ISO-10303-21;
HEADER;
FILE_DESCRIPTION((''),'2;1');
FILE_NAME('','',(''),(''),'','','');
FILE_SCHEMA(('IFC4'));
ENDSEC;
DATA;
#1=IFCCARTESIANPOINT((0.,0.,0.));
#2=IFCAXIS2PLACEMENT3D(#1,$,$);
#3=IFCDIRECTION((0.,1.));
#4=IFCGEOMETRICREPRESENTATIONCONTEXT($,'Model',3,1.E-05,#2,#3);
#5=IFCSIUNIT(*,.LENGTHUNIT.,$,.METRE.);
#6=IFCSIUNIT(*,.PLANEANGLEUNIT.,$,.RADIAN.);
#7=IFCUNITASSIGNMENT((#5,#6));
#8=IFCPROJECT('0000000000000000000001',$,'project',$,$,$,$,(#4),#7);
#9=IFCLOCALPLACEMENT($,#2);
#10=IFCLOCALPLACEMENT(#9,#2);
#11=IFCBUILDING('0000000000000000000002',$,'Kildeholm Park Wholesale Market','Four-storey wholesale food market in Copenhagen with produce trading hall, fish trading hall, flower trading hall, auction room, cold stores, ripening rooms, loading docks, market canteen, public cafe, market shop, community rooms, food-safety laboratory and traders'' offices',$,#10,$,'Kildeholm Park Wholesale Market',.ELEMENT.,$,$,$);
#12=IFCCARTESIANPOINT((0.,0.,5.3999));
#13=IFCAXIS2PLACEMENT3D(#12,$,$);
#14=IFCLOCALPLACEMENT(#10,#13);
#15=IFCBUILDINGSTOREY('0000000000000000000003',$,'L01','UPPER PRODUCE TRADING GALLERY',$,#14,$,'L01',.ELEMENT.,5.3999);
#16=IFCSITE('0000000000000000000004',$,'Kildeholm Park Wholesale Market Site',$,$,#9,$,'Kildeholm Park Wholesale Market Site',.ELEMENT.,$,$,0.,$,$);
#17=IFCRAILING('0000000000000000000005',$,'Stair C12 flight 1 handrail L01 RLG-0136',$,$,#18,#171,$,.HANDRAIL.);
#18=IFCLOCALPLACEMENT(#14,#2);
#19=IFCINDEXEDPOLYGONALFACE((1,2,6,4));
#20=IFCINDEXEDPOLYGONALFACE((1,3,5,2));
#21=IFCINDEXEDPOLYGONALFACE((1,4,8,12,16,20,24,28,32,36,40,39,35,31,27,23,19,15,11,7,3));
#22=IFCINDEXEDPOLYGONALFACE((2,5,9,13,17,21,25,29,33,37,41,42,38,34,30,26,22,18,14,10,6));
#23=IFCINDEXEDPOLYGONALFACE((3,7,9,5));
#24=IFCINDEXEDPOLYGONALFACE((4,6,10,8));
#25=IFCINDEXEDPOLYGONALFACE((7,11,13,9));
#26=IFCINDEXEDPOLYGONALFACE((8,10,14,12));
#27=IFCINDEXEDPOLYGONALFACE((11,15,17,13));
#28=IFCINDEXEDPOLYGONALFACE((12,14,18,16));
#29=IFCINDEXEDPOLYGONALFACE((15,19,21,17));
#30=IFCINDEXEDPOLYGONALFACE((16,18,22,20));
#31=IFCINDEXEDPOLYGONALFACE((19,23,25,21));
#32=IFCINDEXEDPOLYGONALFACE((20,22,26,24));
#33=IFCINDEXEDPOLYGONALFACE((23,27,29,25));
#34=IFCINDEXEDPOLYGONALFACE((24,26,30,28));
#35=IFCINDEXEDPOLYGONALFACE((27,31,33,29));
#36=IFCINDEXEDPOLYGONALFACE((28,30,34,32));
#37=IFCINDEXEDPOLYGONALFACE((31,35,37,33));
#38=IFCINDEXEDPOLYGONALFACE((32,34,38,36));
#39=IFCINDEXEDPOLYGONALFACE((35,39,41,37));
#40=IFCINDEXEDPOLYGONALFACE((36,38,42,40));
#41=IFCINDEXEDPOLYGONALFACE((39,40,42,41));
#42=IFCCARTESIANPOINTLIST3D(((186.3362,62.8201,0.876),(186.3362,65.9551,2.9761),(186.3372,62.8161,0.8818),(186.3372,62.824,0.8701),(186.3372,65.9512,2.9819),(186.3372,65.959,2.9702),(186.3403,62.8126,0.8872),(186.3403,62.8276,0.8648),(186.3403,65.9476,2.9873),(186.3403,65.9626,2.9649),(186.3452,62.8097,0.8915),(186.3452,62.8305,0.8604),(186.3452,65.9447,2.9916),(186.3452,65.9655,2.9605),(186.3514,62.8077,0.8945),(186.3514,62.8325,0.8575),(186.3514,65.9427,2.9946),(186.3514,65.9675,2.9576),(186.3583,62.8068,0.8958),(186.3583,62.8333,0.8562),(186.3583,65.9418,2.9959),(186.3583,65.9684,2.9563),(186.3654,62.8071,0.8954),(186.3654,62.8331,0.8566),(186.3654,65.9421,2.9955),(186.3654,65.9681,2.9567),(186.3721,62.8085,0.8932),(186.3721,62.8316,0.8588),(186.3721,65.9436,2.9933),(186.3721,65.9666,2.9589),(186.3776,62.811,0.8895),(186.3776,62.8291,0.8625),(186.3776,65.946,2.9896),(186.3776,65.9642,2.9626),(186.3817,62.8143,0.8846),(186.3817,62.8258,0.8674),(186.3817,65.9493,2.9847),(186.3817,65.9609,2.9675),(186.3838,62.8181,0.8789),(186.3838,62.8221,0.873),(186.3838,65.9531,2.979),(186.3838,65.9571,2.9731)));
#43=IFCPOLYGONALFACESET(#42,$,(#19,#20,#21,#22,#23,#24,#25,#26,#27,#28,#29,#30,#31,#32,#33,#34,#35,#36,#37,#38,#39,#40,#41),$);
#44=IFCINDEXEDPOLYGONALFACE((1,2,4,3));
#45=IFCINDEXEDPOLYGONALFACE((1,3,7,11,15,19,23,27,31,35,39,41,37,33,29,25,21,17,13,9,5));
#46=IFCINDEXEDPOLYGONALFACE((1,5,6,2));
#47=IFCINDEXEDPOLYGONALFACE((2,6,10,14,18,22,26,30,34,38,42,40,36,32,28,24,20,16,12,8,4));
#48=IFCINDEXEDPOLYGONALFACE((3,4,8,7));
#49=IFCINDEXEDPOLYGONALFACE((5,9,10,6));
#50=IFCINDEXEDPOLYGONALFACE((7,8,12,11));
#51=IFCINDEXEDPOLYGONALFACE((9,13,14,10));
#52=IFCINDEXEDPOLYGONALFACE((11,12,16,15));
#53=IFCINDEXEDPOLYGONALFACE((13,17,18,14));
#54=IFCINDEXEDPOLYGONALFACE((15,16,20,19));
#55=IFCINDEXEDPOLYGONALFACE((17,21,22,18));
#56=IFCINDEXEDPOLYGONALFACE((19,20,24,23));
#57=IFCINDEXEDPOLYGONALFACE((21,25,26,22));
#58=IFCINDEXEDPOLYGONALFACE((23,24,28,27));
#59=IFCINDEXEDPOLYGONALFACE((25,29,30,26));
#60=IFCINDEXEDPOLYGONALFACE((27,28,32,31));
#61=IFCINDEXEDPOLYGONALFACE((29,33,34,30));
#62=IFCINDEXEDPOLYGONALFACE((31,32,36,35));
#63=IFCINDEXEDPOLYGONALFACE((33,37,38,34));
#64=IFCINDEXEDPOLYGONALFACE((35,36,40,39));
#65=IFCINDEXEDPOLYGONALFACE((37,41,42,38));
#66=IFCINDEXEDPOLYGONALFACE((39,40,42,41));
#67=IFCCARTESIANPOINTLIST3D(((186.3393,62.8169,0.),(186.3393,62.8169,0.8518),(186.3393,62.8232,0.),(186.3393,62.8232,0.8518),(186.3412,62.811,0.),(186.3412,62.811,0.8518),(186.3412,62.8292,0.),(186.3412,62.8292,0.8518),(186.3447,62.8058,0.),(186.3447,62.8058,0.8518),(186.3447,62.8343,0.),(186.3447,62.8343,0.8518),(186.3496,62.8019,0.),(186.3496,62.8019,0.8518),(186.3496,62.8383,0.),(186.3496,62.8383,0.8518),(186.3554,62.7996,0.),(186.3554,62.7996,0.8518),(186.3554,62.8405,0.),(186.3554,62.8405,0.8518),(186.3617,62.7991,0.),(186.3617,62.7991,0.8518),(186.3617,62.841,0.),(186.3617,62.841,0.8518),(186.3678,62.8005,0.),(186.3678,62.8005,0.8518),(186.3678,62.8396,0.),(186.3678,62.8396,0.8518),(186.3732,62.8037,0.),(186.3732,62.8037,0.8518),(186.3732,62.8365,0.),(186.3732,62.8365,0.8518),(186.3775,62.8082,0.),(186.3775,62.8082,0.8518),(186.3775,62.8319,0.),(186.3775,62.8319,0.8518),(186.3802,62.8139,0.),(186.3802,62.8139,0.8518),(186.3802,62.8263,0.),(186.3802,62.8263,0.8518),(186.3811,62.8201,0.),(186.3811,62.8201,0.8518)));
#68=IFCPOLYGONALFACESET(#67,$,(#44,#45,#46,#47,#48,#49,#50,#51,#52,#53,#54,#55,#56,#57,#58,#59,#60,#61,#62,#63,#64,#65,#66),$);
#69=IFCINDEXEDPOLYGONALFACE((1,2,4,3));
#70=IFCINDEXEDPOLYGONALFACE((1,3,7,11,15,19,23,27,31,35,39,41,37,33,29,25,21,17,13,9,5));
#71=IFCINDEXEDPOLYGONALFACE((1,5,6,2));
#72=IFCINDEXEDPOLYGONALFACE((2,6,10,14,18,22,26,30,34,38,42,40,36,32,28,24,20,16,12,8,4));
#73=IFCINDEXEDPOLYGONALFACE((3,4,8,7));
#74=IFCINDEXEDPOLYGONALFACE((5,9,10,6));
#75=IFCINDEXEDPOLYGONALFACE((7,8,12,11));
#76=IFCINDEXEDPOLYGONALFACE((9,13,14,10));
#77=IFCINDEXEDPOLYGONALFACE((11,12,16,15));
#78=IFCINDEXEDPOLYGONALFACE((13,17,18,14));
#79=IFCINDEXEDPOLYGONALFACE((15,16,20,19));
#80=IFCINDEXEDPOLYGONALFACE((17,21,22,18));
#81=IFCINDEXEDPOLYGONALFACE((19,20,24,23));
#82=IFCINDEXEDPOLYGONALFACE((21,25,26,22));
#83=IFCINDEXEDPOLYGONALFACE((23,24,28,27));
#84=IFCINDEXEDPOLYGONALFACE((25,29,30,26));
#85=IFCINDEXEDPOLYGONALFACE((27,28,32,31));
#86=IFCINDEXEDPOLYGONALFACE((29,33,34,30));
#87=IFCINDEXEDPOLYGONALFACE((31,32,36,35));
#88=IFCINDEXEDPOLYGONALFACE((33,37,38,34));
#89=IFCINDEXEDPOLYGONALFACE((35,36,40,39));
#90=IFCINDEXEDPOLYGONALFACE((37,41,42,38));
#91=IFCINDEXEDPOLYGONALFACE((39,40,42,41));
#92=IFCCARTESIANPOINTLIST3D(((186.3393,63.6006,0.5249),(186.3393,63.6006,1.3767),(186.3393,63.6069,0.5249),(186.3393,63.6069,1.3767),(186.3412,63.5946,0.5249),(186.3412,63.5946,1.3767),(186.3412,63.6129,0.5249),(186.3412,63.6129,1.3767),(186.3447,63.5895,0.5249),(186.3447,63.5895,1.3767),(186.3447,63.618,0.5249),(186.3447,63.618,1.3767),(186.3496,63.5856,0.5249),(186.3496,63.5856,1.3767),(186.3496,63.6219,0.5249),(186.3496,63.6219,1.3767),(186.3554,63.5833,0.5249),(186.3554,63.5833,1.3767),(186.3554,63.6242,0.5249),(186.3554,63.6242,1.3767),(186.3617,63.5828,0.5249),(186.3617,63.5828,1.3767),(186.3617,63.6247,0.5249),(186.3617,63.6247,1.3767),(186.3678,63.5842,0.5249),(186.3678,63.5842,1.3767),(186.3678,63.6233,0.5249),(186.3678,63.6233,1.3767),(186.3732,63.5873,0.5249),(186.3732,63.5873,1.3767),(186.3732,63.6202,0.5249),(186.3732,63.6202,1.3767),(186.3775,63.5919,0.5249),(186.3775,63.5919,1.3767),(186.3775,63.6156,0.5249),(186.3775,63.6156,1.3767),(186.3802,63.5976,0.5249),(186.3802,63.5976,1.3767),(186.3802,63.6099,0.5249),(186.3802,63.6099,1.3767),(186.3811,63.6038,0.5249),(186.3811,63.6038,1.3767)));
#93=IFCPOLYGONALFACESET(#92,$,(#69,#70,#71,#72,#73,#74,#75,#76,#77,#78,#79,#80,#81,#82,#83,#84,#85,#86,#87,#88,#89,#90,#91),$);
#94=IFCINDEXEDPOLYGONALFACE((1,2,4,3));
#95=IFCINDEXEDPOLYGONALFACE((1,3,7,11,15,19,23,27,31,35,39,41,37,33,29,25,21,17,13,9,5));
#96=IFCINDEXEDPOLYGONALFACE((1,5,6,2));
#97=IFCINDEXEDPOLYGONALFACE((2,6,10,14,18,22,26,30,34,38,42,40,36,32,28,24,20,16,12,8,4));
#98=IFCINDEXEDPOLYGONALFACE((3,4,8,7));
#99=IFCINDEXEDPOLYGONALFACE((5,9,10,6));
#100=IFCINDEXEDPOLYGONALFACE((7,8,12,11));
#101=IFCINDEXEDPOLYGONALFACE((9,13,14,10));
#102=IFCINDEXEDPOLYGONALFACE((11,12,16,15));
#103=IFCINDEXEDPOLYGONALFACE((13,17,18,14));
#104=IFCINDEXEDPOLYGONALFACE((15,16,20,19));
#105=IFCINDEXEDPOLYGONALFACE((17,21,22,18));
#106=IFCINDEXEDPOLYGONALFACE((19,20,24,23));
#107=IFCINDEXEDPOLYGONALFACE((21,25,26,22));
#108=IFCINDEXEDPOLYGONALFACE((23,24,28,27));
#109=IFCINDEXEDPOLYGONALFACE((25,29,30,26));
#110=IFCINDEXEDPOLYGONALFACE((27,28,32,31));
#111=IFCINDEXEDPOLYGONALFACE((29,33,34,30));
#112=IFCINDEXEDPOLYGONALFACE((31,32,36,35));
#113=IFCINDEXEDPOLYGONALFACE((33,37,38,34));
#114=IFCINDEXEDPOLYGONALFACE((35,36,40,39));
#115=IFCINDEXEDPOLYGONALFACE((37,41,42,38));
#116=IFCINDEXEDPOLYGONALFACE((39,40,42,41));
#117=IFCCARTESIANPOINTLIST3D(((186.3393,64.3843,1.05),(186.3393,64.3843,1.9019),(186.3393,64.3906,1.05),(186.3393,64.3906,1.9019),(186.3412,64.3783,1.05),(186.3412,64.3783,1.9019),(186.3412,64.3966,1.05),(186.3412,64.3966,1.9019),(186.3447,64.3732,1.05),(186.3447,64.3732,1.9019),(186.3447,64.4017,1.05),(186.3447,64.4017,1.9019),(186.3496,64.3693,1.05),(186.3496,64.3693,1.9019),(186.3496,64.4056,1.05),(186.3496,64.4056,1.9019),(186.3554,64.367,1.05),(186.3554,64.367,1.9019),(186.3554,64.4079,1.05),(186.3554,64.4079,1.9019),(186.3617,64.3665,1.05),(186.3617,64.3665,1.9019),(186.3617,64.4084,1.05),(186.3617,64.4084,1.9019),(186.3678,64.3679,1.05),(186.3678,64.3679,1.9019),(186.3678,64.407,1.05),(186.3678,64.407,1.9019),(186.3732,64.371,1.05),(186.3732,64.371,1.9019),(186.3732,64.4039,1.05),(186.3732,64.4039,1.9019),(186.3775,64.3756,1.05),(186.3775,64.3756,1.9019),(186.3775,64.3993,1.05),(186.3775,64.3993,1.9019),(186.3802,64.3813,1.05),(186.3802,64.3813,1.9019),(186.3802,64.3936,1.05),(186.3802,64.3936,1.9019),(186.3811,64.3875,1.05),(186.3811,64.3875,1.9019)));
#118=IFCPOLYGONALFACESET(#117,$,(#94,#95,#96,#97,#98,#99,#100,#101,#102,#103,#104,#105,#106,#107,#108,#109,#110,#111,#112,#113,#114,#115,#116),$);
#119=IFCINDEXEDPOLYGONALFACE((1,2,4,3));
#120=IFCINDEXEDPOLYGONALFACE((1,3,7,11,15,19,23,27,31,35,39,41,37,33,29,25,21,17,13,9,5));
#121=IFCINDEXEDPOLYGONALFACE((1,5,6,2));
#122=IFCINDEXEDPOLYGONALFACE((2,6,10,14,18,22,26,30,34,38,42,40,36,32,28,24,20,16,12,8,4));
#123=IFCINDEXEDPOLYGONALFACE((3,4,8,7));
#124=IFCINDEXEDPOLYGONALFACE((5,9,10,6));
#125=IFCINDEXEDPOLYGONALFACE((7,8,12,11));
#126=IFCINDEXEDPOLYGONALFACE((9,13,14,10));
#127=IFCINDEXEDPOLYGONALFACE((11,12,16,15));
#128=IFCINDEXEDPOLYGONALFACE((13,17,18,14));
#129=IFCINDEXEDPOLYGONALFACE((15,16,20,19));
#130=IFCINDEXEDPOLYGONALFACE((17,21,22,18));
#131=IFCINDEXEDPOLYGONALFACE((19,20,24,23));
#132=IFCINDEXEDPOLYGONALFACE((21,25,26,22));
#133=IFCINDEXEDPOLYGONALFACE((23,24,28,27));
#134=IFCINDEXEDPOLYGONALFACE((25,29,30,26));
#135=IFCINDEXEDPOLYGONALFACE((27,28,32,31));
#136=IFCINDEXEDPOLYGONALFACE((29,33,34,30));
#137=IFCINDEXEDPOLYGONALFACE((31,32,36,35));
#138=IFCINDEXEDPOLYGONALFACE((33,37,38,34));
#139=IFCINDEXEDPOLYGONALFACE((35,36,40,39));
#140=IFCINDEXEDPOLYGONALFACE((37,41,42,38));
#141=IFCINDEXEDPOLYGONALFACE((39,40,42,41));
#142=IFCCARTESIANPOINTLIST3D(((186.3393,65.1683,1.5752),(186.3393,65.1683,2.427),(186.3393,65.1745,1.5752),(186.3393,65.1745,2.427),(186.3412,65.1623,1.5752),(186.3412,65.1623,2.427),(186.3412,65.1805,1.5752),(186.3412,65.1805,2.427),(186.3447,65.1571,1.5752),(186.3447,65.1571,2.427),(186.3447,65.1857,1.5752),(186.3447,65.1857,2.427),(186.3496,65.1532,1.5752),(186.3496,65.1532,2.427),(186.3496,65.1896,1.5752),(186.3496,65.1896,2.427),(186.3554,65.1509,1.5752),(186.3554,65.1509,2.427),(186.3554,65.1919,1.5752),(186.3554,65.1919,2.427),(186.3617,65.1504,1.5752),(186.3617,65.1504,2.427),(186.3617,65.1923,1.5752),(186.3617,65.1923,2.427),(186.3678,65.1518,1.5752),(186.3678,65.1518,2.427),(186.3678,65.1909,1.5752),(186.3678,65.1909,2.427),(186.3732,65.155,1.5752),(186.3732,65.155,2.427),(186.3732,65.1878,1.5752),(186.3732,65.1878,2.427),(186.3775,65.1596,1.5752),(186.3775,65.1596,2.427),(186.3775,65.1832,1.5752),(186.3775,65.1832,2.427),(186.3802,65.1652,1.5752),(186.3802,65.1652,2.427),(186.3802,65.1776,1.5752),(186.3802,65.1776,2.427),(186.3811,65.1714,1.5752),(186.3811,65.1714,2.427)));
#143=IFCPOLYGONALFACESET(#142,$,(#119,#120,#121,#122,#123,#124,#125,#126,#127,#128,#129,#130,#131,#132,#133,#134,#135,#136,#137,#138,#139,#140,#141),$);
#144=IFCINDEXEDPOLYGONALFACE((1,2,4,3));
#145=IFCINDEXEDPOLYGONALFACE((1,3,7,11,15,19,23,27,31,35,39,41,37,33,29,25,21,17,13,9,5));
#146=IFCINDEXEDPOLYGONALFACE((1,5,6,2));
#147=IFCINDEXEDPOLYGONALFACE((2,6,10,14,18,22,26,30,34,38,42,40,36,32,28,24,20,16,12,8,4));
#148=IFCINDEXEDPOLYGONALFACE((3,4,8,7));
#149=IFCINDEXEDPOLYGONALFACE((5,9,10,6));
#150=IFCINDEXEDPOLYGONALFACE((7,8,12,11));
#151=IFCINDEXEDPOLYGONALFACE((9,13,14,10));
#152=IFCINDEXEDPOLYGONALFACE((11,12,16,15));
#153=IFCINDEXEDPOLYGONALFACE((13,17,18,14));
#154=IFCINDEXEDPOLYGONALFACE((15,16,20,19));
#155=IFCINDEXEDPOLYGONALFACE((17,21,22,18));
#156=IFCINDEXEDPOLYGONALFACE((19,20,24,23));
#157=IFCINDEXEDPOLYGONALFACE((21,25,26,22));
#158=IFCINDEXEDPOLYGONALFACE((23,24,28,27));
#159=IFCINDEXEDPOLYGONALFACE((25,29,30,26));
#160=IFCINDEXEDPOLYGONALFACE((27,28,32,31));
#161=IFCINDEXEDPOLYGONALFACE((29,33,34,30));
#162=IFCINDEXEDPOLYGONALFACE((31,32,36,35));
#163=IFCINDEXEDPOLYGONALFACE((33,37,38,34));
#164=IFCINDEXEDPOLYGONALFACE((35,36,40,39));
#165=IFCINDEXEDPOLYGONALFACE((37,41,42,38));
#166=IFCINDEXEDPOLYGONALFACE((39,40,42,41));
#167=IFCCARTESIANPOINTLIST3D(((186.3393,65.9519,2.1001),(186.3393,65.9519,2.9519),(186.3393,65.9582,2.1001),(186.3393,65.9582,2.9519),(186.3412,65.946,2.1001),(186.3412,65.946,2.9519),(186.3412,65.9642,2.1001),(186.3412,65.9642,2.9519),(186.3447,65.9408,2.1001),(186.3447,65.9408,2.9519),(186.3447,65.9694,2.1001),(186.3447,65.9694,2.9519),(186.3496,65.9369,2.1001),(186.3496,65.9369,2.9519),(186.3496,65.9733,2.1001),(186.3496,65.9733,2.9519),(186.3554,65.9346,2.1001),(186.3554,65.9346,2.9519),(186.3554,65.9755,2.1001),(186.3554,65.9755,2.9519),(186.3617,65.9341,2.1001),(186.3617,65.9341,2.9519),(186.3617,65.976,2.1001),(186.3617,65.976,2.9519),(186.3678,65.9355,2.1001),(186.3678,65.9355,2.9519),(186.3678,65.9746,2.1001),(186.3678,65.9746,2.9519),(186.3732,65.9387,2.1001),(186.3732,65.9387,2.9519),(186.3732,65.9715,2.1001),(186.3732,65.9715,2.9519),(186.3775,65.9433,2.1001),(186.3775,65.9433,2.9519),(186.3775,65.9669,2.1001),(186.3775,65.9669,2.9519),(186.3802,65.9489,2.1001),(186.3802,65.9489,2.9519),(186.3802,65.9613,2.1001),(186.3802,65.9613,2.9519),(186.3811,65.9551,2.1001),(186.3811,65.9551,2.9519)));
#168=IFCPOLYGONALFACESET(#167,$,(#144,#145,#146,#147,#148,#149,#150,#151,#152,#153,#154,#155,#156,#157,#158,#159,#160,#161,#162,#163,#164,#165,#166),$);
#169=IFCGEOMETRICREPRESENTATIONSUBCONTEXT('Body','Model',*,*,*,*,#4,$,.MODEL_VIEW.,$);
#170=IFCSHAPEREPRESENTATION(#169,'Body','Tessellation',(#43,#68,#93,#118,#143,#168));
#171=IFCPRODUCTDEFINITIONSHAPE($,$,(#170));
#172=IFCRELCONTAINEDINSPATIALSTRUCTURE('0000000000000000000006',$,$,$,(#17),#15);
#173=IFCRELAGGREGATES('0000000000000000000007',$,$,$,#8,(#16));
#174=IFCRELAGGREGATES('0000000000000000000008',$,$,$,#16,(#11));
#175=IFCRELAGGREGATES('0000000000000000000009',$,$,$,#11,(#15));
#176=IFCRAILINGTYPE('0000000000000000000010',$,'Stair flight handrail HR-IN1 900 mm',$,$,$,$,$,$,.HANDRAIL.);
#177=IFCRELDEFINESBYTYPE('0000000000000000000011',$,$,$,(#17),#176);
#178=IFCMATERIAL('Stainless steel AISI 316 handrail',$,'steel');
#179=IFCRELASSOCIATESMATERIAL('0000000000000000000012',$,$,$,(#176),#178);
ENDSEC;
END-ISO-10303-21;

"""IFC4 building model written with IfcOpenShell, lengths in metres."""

from ifc_helpers import new_model, si_unit, direction, frame, origin, origin_2d, place, context, subcontext, project, spatial, circle, extrude, material, type_object, element, save


model = new_model("IFC4")

# Units and contexts
model_context = context("Model", 3, precision=1e-05, world=origin(), true_north=direction((0.0, 1.0)))
body_context = subcontext(model_context, "Body", "Model", "MODEL_VIEW")
ifc_project = project(units=[si_unit("LENGTHUNIT", "METRE"), si_unit("PLANEANGLEUNIT", "RADIAN")], contexts=[model_context])

# Site, building, storey
site_placement = place(None, origin())
site = spatial("IfcSite", under=ifc_project, at=site_placement, Name="Kildeholm Park Wholesale Market Site", LongName="Kildeholm Park Wholesale Market Site", CompositionType="ELEMENT", RefElevation=0.0)
building_placement = place(site_placement, origin())
building = spatial("IfcBuilding", under=site, at=building_placement, Name="Kildeholm Park Wholesale Market", Description="Four-storey wholesale food market in Copenhagen with produce trading hall, fish trading hall, flower trading hall, auction room, cold stores, ripening rooms, loading docks, market canteen, public cafe, market shop, community rooms, food-safety laboratory and traders' offices", LongName="Kildeholm Park Wholesale Market", CompositionType="ELEMENT")
storey_placement = place(building_placement, frame((0.0, 0.0, 5.3999)))
storey = spatial("IfcBuildingStorey", under=building, at=storey_placement, Name="L01", Description="UPPER PRODUCE TRADING GALLERY", LongName="L01", CompositionType="ELEMENT", Elevation=5.3999)

# Railing
ifc_material_1 = material(Name="Stainless steel AISI 316 handrail", Category="steel")
railing_type_1 = type_object("IfcRailingType", Name="Stair flight handrail HR-IN1 900 mm", PredefinedType="HANDRAIL", material=ifc_material_1)
railing_1_placement = place(storey_placement, frame((186.3601, 62.8201, 0.0)))
element("IfcRailing", 1, at=railing_1_placement, inside=storey, type_object=railing_type_1, Name="Stair C12 flight 1 handrail L01 RLG-0136", PredefinedType="HANDRAIL", context=body_context, shape_type="SweptSolid", body=[
    extrude(circle(Radius=0.0239, at=origin_2d()), frame((0.0, 0.0, 0.876), z_axis=(0.0, 0.830814, 0.55655), x_axis=(-1.0, 0.0, 0.0)), (0.0, 0.0, 1.0), 3.7734),
    extrude(circle(Radius=0.021, at=origin_2d()), origin(), (0.0, 0.0, 1.0), 0.8518),
    extrude(circle(Radius=0.021, at=origin_2d()), frame((0.0, 0.7837, 0.5249)), (0.0, 0.0, 1.0), 0.8518),
    extrude(circle(Radius=0.021, at=origin_2d()), frame((0.0, 1.5674, 1.05)), (0.0, 0.0, 1.0), 0.8518),
    extrude(circle(Radius=0.021, at=origin_2d()), frame((0.0, 2.3513, 1.5752)), (0.0, 0.0, 1.0), 0.8518),
    extrude(circle(Radius=0.021, at=origin_2d()), frame((0.0, 3.135, 2.1001)), (0.0, 0.0, 1.0), 0.8518),
])

save(model, "model.ifc")
